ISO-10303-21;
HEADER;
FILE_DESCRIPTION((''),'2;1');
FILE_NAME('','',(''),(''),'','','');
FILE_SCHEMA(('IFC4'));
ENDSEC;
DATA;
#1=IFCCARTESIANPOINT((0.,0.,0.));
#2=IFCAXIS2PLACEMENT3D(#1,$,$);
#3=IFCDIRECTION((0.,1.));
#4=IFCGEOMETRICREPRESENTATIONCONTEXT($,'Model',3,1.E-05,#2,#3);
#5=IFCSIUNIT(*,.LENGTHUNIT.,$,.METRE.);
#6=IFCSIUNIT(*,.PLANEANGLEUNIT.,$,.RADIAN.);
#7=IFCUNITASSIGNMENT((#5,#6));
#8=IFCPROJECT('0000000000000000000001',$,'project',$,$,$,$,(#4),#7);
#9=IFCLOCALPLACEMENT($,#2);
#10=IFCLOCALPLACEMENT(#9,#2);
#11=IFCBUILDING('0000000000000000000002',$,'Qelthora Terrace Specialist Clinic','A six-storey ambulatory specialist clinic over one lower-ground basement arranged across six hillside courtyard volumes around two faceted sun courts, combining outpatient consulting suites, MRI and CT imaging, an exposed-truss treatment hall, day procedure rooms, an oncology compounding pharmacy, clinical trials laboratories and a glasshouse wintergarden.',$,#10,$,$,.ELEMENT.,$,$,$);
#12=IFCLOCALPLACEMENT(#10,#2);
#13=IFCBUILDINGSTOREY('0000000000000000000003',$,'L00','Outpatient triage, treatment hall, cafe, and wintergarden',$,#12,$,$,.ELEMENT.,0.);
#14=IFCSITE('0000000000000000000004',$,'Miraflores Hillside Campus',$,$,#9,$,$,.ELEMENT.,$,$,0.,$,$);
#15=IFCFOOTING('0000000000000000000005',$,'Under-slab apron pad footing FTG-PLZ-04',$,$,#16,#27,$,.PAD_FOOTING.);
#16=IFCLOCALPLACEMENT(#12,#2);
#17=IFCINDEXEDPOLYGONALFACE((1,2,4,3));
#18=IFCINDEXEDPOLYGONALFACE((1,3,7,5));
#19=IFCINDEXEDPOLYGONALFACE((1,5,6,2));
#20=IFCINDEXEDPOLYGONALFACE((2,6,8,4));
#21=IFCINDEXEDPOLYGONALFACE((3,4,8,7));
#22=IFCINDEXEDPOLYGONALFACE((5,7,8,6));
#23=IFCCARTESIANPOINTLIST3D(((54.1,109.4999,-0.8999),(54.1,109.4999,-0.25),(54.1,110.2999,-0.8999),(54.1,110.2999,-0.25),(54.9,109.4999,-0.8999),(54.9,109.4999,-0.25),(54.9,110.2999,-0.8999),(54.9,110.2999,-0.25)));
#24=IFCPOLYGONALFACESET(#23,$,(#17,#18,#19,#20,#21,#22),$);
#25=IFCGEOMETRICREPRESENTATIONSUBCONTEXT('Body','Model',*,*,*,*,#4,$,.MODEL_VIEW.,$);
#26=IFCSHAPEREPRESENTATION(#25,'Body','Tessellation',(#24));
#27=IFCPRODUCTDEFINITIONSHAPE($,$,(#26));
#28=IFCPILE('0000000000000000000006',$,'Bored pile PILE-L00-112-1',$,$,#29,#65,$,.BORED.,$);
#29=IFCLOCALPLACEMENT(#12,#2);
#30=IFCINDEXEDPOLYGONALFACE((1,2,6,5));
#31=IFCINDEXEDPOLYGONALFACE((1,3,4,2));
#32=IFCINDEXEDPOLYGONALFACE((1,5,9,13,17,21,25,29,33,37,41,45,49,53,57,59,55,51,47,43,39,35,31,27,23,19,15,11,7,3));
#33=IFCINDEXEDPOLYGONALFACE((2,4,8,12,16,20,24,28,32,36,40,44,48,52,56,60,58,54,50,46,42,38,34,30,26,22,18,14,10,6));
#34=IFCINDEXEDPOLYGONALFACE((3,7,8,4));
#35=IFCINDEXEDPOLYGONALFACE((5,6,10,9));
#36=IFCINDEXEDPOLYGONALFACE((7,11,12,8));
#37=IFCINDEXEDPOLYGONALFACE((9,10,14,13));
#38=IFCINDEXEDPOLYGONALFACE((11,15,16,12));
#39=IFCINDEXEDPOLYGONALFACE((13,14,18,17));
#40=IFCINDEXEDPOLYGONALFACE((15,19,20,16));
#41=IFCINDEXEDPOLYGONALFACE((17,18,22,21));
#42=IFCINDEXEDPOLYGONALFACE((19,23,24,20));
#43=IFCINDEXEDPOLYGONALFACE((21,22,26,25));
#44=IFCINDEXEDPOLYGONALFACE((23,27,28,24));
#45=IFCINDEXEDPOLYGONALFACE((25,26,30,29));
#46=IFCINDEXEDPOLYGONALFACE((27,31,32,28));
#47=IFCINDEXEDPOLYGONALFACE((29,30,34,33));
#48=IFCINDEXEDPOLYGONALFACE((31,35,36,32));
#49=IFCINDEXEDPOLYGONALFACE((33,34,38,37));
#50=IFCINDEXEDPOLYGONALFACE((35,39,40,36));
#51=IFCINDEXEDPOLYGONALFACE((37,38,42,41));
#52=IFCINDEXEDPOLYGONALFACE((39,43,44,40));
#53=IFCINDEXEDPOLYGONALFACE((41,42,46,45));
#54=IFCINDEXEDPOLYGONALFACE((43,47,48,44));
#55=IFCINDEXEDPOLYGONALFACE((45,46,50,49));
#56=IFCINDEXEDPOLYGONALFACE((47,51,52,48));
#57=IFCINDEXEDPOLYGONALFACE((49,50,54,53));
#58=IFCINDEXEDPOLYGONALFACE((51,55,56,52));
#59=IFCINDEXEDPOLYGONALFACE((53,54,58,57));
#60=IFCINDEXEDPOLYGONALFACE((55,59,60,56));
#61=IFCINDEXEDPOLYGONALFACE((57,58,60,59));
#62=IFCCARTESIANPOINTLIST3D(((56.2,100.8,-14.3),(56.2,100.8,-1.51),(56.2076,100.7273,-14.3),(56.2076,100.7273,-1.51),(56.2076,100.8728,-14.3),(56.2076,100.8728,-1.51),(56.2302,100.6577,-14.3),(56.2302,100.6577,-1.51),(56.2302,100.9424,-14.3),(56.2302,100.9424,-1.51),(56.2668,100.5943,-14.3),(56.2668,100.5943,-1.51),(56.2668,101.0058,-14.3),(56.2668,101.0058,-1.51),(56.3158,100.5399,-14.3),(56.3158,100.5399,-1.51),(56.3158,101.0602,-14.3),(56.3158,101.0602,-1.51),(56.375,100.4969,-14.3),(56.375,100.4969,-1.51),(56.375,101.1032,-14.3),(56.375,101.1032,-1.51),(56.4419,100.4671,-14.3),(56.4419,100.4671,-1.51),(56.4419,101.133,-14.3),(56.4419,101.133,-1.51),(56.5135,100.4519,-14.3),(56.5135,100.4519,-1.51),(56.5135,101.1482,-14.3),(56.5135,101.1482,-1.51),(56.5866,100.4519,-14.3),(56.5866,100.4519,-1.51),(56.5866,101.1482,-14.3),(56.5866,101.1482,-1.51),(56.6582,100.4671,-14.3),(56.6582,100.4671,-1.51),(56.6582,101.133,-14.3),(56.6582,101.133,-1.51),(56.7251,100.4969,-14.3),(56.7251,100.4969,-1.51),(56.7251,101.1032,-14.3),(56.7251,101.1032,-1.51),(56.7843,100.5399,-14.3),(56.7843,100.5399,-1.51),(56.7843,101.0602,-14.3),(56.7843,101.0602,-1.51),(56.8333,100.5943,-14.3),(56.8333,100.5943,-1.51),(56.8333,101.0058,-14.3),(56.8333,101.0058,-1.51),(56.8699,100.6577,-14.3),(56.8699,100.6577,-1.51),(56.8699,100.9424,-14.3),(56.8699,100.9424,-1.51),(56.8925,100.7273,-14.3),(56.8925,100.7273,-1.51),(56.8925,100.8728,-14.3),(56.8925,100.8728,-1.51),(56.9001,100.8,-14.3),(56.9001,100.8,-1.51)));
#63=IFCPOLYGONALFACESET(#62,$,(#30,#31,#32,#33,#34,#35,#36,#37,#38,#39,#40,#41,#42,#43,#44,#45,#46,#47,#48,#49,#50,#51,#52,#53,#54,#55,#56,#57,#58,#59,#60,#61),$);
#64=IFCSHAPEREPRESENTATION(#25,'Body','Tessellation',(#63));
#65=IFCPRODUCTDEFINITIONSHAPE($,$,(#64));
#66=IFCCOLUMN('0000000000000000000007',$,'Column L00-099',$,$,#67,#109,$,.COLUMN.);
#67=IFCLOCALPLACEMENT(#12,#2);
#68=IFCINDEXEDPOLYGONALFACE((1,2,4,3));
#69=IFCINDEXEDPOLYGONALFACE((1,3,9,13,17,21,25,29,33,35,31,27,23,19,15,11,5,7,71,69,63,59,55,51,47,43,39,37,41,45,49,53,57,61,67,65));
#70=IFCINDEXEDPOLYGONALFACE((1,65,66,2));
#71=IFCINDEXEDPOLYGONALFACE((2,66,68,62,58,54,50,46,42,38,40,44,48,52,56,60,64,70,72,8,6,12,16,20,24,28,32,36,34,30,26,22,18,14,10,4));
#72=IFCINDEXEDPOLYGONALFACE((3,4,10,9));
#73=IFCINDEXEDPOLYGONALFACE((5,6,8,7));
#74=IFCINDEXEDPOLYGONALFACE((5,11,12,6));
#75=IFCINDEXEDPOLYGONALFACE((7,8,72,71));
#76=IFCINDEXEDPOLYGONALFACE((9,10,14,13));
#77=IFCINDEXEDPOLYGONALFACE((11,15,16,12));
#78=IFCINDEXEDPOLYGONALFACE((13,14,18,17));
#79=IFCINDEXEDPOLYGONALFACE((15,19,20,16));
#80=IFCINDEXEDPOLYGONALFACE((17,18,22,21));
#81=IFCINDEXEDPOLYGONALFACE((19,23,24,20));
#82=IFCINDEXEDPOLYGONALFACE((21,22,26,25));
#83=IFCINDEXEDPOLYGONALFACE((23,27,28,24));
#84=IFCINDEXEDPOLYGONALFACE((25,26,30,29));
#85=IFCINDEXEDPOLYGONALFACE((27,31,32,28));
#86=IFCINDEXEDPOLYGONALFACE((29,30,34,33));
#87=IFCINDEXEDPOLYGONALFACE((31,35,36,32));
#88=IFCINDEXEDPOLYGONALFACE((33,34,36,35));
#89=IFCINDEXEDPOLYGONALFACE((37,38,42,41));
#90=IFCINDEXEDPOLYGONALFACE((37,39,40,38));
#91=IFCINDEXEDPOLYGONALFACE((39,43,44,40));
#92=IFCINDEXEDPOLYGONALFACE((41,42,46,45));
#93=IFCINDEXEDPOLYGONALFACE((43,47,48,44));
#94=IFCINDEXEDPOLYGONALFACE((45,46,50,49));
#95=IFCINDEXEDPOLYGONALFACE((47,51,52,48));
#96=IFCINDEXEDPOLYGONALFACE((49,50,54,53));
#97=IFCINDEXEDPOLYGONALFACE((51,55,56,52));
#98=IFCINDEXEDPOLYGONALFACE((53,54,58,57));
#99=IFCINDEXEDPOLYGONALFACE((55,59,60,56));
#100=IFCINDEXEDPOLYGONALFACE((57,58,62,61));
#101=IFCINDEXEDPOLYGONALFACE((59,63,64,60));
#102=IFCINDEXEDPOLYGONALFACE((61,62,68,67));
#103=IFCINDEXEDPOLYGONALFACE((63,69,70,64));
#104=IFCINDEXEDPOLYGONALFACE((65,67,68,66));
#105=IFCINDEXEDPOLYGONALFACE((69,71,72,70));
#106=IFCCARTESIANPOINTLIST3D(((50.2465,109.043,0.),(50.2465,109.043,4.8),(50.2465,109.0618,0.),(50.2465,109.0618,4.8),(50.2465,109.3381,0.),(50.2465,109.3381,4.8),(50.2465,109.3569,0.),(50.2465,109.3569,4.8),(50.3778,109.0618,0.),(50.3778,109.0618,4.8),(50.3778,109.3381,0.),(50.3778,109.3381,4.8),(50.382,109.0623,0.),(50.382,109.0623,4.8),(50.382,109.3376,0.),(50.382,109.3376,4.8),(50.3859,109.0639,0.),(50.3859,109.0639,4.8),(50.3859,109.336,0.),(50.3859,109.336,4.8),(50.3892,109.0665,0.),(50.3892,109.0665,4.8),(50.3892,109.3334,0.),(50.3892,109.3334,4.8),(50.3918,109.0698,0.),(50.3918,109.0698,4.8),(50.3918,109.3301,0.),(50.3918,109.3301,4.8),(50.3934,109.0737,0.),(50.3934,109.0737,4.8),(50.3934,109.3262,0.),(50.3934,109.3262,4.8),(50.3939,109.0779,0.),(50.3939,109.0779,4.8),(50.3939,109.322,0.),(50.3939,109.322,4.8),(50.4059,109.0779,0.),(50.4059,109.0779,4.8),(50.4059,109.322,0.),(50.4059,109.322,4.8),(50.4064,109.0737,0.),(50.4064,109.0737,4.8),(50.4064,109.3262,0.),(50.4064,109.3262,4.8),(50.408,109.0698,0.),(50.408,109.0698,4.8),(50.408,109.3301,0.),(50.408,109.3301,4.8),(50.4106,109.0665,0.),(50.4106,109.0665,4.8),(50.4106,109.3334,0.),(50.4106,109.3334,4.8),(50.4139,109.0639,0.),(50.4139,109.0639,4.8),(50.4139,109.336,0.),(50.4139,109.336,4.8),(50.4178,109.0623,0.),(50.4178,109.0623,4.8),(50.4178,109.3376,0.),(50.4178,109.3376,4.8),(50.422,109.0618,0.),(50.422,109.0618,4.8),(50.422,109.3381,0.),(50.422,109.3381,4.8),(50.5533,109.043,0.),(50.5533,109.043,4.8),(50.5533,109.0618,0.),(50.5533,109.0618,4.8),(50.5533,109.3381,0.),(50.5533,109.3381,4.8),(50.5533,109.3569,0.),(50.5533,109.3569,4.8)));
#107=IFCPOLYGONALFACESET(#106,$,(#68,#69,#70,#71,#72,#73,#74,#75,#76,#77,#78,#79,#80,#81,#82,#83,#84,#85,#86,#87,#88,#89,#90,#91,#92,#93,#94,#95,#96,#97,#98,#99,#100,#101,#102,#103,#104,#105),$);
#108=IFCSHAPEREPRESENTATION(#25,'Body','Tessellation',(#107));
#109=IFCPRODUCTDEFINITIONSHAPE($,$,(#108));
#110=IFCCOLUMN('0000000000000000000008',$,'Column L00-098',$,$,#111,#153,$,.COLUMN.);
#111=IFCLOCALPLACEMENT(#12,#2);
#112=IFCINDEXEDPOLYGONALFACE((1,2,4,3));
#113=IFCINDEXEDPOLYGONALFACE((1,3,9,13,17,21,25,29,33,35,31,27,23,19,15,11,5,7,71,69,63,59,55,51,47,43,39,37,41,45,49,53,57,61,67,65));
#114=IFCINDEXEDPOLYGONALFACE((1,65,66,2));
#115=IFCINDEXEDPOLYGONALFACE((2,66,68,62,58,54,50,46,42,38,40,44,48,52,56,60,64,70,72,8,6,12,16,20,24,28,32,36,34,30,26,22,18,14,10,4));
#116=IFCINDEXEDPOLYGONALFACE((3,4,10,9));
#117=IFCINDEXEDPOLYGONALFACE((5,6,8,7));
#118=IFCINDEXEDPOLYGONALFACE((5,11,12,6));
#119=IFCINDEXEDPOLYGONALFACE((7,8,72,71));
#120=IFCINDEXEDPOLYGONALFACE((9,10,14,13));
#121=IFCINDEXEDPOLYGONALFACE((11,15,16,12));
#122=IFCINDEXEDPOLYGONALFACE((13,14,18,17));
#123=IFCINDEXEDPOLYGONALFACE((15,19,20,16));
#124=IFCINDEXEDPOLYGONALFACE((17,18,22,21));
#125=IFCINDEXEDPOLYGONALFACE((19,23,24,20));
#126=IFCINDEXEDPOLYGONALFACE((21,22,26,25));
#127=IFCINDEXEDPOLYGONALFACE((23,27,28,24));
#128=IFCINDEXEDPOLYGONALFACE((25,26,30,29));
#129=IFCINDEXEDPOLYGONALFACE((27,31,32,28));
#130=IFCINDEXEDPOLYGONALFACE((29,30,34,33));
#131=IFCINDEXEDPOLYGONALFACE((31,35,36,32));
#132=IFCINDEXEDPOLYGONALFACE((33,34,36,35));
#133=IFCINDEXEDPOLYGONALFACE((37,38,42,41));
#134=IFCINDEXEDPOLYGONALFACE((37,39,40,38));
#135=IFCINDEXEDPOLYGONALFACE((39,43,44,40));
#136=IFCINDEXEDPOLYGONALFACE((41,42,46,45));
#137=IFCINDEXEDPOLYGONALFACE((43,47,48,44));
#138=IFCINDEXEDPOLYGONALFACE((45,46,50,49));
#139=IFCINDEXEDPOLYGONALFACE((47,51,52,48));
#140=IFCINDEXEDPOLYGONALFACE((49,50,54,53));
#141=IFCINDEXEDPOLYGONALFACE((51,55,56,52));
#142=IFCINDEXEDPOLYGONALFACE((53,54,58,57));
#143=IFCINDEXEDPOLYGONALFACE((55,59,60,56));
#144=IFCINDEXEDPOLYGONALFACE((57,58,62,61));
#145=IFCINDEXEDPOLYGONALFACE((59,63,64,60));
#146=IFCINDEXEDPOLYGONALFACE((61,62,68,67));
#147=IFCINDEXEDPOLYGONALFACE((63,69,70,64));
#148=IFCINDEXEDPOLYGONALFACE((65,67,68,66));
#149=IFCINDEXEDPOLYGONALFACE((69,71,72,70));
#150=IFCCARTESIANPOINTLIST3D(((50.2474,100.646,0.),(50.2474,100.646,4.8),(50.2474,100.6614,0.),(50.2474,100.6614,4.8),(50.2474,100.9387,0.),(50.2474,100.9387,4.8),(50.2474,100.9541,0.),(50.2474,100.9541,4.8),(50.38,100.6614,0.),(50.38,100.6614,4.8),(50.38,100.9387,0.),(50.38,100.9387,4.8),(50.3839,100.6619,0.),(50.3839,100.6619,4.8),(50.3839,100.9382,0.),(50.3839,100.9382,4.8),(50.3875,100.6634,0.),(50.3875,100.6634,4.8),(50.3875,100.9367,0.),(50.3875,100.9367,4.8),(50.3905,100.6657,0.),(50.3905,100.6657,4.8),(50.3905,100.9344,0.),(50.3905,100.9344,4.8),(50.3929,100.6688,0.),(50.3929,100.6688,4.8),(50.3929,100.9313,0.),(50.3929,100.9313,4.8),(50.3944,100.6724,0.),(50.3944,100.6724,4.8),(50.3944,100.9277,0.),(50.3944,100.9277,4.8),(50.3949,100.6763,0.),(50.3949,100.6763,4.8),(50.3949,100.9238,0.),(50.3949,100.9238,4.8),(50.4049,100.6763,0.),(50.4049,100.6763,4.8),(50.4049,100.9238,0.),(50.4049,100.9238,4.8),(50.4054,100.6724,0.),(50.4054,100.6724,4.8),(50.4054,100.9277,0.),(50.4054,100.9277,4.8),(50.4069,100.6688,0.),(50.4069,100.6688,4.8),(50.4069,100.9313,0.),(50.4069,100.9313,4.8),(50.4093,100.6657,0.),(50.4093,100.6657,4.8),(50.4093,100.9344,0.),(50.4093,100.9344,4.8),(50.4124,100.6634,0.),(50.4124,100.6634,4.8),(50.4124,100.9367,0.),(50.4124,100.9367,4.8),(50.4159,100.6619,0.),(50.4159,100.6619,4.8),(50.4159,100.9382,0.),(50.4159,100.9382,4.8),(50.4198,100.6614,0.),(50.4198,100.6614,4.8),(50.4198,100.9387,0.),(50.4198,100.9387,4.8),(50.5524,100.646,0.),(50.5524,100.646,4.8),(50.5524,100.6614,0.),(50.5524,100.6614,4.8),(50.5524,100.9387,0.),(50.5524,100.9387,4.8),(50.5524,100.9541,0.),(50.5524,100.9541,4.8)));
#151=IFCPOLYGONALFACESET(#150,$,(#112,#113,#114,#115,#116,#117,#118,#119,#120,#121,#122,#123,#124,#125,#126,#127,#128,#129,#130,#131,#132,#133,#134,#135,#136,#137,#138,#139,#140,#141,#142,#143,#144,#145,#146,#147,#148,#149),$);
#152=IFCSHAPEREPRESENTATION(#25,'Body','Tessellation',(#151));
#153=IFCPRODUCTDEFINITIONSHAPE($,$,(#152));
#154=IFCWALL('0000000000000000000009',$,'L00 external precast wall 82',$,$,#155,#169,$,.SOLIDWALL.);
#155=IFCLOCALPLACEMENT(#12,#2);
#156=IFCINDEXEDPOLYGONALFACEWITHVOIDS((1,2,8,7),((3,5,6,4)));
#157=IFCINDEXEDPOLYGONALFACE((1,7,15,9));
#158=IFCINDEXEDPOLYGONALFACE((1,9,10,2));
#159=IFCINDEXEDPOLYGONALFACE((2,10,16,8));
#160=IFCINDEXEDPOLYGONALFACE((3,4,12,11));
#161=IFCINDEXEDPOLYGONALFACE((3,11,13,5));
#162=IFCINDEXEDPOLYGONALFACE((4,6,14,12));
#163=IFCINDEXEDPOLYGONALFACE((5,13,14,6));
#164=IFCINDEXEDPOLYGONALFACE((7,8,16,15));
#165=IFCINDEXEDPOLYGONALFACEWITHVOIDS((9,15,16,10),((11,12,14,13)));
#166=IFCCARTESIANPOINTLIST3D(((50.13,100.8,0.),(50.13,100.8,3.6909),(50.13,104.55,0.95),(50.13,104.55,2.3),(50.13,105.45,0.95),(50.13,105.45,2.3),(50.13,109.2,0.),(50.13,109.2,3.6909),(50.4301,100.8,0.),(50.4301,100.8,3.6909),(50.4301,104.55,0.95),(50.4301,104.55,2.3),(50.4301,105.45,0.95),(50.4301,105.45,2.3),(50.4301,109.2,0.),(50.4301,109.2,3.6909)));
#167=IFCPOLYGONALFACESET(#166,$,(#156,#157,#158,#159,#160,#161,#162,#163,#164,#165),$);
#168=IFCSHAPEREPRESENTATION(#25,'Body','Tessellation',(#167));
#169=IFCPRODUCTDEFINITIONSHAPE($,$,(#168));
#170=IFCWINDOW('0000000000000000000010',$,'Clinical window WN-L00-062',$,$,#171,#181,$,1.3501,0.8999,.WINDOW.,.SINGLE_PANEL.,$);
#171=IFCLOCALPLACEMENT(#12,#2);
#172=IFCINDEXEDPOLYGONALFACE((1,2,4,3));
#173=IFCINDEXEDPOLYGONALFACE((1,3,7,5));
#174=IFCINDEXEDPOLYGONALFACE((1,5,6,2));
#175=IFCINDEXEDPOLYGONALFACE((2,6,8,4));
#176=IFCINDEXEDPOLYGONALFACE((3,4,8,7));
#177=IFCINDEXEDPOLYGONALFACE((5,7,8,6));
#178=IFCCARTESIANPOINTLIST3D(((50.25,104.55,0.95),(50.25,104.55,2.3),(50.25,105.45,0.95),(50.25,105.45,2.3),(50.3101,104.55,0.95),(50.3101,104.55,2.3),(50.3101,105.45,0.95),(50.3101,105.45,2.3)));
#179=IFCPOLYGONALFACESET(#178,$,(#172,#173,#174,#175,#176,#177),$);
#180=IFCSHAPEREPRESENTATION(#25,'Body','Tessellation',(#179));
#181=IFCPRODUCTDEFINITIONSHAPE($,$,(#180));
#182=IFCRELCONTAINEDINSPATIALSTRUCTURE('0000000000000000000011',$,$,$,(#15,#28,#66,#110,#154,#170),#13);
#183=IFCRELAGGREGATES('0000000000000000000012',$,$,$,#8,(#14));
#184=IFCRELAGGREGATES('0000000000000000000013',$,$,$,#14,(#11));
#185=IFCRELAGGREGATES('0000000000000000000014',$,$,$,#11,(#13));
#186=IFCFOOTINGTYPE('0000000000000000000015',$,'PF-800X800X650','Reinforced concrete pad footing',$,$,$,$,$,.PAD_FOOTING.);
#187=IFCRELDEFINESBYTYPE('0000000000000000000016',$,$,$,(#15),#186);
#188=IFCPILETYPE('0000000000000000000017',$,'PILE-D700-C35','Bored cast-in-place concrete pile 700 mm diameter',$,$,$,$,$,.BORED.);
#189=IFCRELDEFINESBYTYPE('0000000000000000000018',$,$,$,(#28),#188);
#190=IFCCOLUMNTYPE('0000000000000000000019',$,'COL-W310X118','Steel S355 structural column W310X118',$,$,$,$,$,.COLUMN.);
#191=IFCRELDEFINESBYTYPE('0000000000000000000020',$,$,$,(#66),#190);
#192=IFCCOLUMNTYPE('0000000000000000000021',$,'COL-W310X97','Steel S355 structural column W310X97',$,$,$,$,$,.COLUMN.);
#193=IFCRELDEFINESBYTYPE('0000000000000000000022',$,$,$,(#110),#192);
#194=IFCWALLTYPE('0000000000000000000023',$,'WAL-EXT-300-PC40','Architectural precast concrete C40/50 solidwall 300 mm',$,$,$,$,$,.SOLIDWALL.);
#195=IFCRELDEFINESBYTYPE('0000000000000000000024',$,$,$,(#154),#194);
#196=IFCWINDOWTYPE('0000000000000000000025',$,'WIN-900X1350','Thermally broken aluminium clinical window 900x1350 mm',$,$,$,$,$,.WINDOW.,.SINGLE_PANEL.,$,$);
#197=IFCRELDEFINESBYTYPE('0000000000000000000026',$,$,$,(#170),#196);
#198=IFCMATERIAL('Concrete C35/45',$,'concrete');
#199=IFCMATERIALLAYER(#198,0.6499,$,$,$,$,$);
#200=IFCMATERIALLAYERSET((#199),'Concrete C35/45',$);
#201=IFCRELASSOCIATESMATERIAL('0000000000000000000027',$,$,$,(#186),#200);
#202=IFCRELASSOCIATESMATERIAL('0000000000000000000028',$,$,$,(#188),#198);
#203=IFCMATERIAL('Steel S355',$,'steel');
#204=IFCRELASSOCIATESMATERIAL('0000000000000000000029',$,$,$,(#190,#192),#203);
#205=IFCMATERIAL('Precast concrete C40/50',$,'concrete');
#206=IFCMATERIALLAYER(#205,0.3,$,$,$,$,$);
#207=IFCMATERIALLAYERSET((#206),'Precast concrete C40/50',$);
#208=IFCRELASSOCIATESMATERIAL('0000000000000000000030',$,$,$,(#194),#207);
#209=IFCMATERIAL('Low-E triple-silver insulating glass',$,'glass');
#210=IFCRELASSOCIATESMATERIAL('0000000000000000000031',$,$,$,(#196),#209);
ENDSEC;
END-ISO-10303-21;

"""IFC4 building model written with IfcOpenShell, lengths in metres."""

from ifc_helpers import new_model, si_unit, direction, frame, frame_2d, origin, origin_2d, place, context, subcontext, project, spatial, rectangle, circle, i_section, extrude, material, layer, layer_set, material_profile, profile_set, type_object, element, fill, save


model = new_model("IFC4")

# Units and contexts
model_context = context("Model", 3, precision=1e-05, world=origin(), true_north=direction((0.0, 1.0)))
body_context = subcontext(model_context, "Body", "Model", "MODEL_VIEW")
ifc_project = project(units=[si_unit("LENGTHUNIT", "METRE"), si_unit("PLANEANGLEUNIT", "RADIAN")], contexts=[model_context])

# Site, building, storey
site_placement = place(None, origin())
site = spatial("IfcSite", under=ifc_project, at=site_placement, Name="Miraflores Hillside Campus", CompositionType="ELEMENT", RefElevation=0.0)
building_placement = place(site_placement, origin())
building = spatial("IfcBuilding", under=site, at=building_placement, Name="Qelthora Terrace Specialist Clinic", Description="A six-storey ambulatory specialist clinic over one lower-ground basement arranged across six hillside courtyard volumes around two faceted sun courts, combining outpatient consulting suites, MRI and CT imaging, an exposed-truss treatment hall, day procedure rooms, an oncology compounding pharmacy, clinical trials laboratories and a glasshouse wintergarden.", CompositionType="ELEMENT")
storey_placement = place(building_placement, origin())
storey = spatial("IfcBuildingStorey", under=building, at=storey_placement, Name="L00", Description="Outpatient triage, treatment hall, cafe, and wintergarden", CompositionType="ELEMENT", Elevation=0.0)

# Footing
ifc_material_1 = material(Name="Concrete C35/45", Category="concrete")
ifc_layer_1 = layer(ifc_material_1, 0.6499)
ifc_layer_set_1 = layer_set([ifc_layer_1], Name="Concrete C35/45")
footing_type = type_object("IfcFootingType", Name="PF-800X800X650", Description="Reinforced concrete pad footing", PredefinedType="PAD_FOOTING", material=ifc_layer_set_1)
footing_placement = place(storey_placement, frame((54.5, 109.8999, -0.8999), z_axis=(0.0, 0.0, 1.0), x_axis=(1.0, 0.0, 0.0)))
element("IfcFooting", 1, at=footing_placement, inside=storey, type_object=footing_type, Name="Under-slab apron pad footing FTG-PLZ-04", PredefinedType="PAD_FOOTING", context=body_context, shape_type="SweptSolid", body=[
    extrude(rectangle(XDim=0.8, YDim=0.8, at=origin_2d()), origin(), (0.0, 0.0, 1.0), 0.6499),
])

# Pile
ifc_material_profile_1 = material_profile(ifc_material_1, circle(Radius=0.3501, at=origin_2d()), Name="PILE700")
ifc_profile_set_1 = profile_set([ifc_material_profile_1], Name="Concrete C35/45")
pile_type = type_object("IfcPileType", Name="PILE-D700-C35", Description="Bored cast-in-place concrete pile 700 mm diameter", PredefinedType="BORED", material=ifc_profile_set_1)
pile_placement = place(storey_placement, frame((56.55, 100.8, -1.51), z_axis=(0.0, 0.0, -1.0), x_axis=(1.0, 0.0, 0.0)))
element("IfcPile", 2, at=pile_placement, inside=storey, type_object=pile_type, Name="Bored pile PILE-L00-112-1", PredefinedType="BORED", context=body_context, shape_type="SweptSolid", body=[
    extrude(circle(Radius=0.3501, at=origin_2d()), origin(), (0.0, 0.0, 1.0), 12.79),
])

# Columns
ifc_material_2 = material(Name="Steel S355", Category="steel")
ifc_material_profile_2 = material_profile(ifc_material_2, i_section(OverallWidth=0.3069, OverallDepth=0.314, WebThickness=0.012, FlangeThickness=0.0188, FilletRadius=0.0161, at=origin_2d()), Name="W310X118")
ifc_profile_set_2 = profile_set([ifc_material_profile_2], Name="Steel S355")
column_type_1 = type_object("IfcColumnType", Name="COL-W310X118", Description="Steel S355 structural column W310X118", PredefinedType="COLUMN", material=ifc_profile_set_2)
column_1_placement = place(storey_placement, frame((50.3999, 109.2, 0.0), z_axis=(0.0, 0.0, 1.0), x_axis=(1.0, 0.0, 0.0)))
element("IfcColumn", 3, at=column_1_placement, inside=storey, type_object=column_type_1, Name="Column L00-099", PredefinedType="COLUMN", context=body_context, shape_type="SweptSolid", body=[
    extrude(i_section(OverallWidth=0.3069, OverallDepth=0.314, WebThickness=0.012, FlangeThickness=0.0188, FilletRadius=0.0161, at=origin_2d()), origin(), (0.0, 0.0, 1.0), 4.8),
])
ifc_material_profile_3 = material_profile(ifc_material_2, i_section(OverallWidth=0.3049, OverallDepth=0.3081, WebThickness=0.01, FlangeThickness=0.0154, FilletRadius=0.0149, at=origin_2d()), Name="W310X97")
ifc_profile_set_3 = profile_set([ifc_material_profile_3], Name="Steel S355")
column_type_2 = type_object("IfcColumnType", Name="COL-W310X97", Description="Steel S355 structural column W310X97", PredefinedType="COLUMN", material=ifc_profile_set_3)
column_2_placement = place(storey_placement, frame((50.3999, 100.8, 0.0), z_axis=(0.0, 0.0, 1.0), x_axis=(1.0, 0.0, 0.0)))
element("IfcColumn", 4, at=column_2_placement, inside=storey, type_object=column_type_2, Name="Column L00-098", PredefinedType="COLUMN", context=body_context, shape_type="SweptSolid", body=[
    extrude(i_section(OverallWidth=0.3049, OverallDepth=0.3081, WebThickness=0.01, FlangeThickness=0.0154, FilletRadius=0.0149, at=origin_2d()), origin(), (0.0, 0.0, 1.0), 4.8),
])

# Wall, opening, window
ifc_material_3 = material(Name="Precast concrete C40/50", Category="concrete")
ifc_layer_2 = layer(ifc_material_3, 0.3)
ifc_layer_set_2 = layer_set([ifc_layer_2], Name="Precast concrete C40/50")
wall_type = type_object("IfcWallType", Name="WAL-EXT-300-PC40", Description="Architectural precast concrete C40/50 solidwall 300 mm", PredefinedType="SOLIDWALL", material=ifc_layer_set_2)
wall_placement = place(storey_placement, frame((50.28, 100.8, 0.0), z_axis=(0.0, 0.0, 1.0), x_axis=(0.0, 1.0, 0.0)))
wall = element("IfcWall", 5, at=wall_placement, inside=storey, type_object=wall_type, Name="L00 external precast wall 82", PredefinedType="SOLIDWALL", context=body_context, shape_type="SweptSolid", body=[
    extrude(rectangle(XDim=8.3999, YDim=0.3, at=frame_2d((4.2, 0.0))), origin(), (0.0, 0.0, 1.0), 3.6909),
])
opening_placement = place(wall_placement, frame((3.75, 0.0, 0.95)))
opening = element("IfcOpeningElement", 6, at=opening_placement, cuts=wall, PredefinedType="OPENING", context=body_context, shape_type="SweptSolid", body=[
    extrude(rectangle(XDim=0.8999, YDim=1.3501, at=frame_2d((0.45, 0.675))), frame((0.0, 0.1599, 0.0), z_axis=(0.0, -1.0, 0.0), x_axis=(1.0, 0.0, 0.0)), (0.0, 0.0, 1.0), 0.3201),
])
ifc_material_4 = material(Name="Low-E triple-silver insulating glass", Category="glass")
window_type = type_object("IfcWindowType", Name="WIN-900X1350", Description="Thermally broken aluminium clinical window 900x1350 mm", PartitioningType="SINGLE_PANEL", PredefinedType="WINDOW", material=ifc_material_4)
window_placement = place(opening_placement, origin())
window = element("IfcWindow", 7, at=window_placement, inside=storey, type_object=window_type, Name="Clinical window WN-L00-062", OverallHeight=1.3501, OverallWidth=0.8999, PartitioningType="SINGLE_PANEL", PredefinedType="WINDOW", context=body_context, shape_type="SweptSolid", body=[
    extrude(rectangle(XDim=0.8999, YDim=1.3501, at=frame_2d((0.45, 0.675))), frame((0.0, 0.03, 0.0), z_axis=(0.0, -1.0, 0.0), x_axis=(1.0, 0.0, 0.0)), (0.0, 0.0, 1.0), 0.0601),
])
fill(opening, window)

save(model, "model.ifc")
